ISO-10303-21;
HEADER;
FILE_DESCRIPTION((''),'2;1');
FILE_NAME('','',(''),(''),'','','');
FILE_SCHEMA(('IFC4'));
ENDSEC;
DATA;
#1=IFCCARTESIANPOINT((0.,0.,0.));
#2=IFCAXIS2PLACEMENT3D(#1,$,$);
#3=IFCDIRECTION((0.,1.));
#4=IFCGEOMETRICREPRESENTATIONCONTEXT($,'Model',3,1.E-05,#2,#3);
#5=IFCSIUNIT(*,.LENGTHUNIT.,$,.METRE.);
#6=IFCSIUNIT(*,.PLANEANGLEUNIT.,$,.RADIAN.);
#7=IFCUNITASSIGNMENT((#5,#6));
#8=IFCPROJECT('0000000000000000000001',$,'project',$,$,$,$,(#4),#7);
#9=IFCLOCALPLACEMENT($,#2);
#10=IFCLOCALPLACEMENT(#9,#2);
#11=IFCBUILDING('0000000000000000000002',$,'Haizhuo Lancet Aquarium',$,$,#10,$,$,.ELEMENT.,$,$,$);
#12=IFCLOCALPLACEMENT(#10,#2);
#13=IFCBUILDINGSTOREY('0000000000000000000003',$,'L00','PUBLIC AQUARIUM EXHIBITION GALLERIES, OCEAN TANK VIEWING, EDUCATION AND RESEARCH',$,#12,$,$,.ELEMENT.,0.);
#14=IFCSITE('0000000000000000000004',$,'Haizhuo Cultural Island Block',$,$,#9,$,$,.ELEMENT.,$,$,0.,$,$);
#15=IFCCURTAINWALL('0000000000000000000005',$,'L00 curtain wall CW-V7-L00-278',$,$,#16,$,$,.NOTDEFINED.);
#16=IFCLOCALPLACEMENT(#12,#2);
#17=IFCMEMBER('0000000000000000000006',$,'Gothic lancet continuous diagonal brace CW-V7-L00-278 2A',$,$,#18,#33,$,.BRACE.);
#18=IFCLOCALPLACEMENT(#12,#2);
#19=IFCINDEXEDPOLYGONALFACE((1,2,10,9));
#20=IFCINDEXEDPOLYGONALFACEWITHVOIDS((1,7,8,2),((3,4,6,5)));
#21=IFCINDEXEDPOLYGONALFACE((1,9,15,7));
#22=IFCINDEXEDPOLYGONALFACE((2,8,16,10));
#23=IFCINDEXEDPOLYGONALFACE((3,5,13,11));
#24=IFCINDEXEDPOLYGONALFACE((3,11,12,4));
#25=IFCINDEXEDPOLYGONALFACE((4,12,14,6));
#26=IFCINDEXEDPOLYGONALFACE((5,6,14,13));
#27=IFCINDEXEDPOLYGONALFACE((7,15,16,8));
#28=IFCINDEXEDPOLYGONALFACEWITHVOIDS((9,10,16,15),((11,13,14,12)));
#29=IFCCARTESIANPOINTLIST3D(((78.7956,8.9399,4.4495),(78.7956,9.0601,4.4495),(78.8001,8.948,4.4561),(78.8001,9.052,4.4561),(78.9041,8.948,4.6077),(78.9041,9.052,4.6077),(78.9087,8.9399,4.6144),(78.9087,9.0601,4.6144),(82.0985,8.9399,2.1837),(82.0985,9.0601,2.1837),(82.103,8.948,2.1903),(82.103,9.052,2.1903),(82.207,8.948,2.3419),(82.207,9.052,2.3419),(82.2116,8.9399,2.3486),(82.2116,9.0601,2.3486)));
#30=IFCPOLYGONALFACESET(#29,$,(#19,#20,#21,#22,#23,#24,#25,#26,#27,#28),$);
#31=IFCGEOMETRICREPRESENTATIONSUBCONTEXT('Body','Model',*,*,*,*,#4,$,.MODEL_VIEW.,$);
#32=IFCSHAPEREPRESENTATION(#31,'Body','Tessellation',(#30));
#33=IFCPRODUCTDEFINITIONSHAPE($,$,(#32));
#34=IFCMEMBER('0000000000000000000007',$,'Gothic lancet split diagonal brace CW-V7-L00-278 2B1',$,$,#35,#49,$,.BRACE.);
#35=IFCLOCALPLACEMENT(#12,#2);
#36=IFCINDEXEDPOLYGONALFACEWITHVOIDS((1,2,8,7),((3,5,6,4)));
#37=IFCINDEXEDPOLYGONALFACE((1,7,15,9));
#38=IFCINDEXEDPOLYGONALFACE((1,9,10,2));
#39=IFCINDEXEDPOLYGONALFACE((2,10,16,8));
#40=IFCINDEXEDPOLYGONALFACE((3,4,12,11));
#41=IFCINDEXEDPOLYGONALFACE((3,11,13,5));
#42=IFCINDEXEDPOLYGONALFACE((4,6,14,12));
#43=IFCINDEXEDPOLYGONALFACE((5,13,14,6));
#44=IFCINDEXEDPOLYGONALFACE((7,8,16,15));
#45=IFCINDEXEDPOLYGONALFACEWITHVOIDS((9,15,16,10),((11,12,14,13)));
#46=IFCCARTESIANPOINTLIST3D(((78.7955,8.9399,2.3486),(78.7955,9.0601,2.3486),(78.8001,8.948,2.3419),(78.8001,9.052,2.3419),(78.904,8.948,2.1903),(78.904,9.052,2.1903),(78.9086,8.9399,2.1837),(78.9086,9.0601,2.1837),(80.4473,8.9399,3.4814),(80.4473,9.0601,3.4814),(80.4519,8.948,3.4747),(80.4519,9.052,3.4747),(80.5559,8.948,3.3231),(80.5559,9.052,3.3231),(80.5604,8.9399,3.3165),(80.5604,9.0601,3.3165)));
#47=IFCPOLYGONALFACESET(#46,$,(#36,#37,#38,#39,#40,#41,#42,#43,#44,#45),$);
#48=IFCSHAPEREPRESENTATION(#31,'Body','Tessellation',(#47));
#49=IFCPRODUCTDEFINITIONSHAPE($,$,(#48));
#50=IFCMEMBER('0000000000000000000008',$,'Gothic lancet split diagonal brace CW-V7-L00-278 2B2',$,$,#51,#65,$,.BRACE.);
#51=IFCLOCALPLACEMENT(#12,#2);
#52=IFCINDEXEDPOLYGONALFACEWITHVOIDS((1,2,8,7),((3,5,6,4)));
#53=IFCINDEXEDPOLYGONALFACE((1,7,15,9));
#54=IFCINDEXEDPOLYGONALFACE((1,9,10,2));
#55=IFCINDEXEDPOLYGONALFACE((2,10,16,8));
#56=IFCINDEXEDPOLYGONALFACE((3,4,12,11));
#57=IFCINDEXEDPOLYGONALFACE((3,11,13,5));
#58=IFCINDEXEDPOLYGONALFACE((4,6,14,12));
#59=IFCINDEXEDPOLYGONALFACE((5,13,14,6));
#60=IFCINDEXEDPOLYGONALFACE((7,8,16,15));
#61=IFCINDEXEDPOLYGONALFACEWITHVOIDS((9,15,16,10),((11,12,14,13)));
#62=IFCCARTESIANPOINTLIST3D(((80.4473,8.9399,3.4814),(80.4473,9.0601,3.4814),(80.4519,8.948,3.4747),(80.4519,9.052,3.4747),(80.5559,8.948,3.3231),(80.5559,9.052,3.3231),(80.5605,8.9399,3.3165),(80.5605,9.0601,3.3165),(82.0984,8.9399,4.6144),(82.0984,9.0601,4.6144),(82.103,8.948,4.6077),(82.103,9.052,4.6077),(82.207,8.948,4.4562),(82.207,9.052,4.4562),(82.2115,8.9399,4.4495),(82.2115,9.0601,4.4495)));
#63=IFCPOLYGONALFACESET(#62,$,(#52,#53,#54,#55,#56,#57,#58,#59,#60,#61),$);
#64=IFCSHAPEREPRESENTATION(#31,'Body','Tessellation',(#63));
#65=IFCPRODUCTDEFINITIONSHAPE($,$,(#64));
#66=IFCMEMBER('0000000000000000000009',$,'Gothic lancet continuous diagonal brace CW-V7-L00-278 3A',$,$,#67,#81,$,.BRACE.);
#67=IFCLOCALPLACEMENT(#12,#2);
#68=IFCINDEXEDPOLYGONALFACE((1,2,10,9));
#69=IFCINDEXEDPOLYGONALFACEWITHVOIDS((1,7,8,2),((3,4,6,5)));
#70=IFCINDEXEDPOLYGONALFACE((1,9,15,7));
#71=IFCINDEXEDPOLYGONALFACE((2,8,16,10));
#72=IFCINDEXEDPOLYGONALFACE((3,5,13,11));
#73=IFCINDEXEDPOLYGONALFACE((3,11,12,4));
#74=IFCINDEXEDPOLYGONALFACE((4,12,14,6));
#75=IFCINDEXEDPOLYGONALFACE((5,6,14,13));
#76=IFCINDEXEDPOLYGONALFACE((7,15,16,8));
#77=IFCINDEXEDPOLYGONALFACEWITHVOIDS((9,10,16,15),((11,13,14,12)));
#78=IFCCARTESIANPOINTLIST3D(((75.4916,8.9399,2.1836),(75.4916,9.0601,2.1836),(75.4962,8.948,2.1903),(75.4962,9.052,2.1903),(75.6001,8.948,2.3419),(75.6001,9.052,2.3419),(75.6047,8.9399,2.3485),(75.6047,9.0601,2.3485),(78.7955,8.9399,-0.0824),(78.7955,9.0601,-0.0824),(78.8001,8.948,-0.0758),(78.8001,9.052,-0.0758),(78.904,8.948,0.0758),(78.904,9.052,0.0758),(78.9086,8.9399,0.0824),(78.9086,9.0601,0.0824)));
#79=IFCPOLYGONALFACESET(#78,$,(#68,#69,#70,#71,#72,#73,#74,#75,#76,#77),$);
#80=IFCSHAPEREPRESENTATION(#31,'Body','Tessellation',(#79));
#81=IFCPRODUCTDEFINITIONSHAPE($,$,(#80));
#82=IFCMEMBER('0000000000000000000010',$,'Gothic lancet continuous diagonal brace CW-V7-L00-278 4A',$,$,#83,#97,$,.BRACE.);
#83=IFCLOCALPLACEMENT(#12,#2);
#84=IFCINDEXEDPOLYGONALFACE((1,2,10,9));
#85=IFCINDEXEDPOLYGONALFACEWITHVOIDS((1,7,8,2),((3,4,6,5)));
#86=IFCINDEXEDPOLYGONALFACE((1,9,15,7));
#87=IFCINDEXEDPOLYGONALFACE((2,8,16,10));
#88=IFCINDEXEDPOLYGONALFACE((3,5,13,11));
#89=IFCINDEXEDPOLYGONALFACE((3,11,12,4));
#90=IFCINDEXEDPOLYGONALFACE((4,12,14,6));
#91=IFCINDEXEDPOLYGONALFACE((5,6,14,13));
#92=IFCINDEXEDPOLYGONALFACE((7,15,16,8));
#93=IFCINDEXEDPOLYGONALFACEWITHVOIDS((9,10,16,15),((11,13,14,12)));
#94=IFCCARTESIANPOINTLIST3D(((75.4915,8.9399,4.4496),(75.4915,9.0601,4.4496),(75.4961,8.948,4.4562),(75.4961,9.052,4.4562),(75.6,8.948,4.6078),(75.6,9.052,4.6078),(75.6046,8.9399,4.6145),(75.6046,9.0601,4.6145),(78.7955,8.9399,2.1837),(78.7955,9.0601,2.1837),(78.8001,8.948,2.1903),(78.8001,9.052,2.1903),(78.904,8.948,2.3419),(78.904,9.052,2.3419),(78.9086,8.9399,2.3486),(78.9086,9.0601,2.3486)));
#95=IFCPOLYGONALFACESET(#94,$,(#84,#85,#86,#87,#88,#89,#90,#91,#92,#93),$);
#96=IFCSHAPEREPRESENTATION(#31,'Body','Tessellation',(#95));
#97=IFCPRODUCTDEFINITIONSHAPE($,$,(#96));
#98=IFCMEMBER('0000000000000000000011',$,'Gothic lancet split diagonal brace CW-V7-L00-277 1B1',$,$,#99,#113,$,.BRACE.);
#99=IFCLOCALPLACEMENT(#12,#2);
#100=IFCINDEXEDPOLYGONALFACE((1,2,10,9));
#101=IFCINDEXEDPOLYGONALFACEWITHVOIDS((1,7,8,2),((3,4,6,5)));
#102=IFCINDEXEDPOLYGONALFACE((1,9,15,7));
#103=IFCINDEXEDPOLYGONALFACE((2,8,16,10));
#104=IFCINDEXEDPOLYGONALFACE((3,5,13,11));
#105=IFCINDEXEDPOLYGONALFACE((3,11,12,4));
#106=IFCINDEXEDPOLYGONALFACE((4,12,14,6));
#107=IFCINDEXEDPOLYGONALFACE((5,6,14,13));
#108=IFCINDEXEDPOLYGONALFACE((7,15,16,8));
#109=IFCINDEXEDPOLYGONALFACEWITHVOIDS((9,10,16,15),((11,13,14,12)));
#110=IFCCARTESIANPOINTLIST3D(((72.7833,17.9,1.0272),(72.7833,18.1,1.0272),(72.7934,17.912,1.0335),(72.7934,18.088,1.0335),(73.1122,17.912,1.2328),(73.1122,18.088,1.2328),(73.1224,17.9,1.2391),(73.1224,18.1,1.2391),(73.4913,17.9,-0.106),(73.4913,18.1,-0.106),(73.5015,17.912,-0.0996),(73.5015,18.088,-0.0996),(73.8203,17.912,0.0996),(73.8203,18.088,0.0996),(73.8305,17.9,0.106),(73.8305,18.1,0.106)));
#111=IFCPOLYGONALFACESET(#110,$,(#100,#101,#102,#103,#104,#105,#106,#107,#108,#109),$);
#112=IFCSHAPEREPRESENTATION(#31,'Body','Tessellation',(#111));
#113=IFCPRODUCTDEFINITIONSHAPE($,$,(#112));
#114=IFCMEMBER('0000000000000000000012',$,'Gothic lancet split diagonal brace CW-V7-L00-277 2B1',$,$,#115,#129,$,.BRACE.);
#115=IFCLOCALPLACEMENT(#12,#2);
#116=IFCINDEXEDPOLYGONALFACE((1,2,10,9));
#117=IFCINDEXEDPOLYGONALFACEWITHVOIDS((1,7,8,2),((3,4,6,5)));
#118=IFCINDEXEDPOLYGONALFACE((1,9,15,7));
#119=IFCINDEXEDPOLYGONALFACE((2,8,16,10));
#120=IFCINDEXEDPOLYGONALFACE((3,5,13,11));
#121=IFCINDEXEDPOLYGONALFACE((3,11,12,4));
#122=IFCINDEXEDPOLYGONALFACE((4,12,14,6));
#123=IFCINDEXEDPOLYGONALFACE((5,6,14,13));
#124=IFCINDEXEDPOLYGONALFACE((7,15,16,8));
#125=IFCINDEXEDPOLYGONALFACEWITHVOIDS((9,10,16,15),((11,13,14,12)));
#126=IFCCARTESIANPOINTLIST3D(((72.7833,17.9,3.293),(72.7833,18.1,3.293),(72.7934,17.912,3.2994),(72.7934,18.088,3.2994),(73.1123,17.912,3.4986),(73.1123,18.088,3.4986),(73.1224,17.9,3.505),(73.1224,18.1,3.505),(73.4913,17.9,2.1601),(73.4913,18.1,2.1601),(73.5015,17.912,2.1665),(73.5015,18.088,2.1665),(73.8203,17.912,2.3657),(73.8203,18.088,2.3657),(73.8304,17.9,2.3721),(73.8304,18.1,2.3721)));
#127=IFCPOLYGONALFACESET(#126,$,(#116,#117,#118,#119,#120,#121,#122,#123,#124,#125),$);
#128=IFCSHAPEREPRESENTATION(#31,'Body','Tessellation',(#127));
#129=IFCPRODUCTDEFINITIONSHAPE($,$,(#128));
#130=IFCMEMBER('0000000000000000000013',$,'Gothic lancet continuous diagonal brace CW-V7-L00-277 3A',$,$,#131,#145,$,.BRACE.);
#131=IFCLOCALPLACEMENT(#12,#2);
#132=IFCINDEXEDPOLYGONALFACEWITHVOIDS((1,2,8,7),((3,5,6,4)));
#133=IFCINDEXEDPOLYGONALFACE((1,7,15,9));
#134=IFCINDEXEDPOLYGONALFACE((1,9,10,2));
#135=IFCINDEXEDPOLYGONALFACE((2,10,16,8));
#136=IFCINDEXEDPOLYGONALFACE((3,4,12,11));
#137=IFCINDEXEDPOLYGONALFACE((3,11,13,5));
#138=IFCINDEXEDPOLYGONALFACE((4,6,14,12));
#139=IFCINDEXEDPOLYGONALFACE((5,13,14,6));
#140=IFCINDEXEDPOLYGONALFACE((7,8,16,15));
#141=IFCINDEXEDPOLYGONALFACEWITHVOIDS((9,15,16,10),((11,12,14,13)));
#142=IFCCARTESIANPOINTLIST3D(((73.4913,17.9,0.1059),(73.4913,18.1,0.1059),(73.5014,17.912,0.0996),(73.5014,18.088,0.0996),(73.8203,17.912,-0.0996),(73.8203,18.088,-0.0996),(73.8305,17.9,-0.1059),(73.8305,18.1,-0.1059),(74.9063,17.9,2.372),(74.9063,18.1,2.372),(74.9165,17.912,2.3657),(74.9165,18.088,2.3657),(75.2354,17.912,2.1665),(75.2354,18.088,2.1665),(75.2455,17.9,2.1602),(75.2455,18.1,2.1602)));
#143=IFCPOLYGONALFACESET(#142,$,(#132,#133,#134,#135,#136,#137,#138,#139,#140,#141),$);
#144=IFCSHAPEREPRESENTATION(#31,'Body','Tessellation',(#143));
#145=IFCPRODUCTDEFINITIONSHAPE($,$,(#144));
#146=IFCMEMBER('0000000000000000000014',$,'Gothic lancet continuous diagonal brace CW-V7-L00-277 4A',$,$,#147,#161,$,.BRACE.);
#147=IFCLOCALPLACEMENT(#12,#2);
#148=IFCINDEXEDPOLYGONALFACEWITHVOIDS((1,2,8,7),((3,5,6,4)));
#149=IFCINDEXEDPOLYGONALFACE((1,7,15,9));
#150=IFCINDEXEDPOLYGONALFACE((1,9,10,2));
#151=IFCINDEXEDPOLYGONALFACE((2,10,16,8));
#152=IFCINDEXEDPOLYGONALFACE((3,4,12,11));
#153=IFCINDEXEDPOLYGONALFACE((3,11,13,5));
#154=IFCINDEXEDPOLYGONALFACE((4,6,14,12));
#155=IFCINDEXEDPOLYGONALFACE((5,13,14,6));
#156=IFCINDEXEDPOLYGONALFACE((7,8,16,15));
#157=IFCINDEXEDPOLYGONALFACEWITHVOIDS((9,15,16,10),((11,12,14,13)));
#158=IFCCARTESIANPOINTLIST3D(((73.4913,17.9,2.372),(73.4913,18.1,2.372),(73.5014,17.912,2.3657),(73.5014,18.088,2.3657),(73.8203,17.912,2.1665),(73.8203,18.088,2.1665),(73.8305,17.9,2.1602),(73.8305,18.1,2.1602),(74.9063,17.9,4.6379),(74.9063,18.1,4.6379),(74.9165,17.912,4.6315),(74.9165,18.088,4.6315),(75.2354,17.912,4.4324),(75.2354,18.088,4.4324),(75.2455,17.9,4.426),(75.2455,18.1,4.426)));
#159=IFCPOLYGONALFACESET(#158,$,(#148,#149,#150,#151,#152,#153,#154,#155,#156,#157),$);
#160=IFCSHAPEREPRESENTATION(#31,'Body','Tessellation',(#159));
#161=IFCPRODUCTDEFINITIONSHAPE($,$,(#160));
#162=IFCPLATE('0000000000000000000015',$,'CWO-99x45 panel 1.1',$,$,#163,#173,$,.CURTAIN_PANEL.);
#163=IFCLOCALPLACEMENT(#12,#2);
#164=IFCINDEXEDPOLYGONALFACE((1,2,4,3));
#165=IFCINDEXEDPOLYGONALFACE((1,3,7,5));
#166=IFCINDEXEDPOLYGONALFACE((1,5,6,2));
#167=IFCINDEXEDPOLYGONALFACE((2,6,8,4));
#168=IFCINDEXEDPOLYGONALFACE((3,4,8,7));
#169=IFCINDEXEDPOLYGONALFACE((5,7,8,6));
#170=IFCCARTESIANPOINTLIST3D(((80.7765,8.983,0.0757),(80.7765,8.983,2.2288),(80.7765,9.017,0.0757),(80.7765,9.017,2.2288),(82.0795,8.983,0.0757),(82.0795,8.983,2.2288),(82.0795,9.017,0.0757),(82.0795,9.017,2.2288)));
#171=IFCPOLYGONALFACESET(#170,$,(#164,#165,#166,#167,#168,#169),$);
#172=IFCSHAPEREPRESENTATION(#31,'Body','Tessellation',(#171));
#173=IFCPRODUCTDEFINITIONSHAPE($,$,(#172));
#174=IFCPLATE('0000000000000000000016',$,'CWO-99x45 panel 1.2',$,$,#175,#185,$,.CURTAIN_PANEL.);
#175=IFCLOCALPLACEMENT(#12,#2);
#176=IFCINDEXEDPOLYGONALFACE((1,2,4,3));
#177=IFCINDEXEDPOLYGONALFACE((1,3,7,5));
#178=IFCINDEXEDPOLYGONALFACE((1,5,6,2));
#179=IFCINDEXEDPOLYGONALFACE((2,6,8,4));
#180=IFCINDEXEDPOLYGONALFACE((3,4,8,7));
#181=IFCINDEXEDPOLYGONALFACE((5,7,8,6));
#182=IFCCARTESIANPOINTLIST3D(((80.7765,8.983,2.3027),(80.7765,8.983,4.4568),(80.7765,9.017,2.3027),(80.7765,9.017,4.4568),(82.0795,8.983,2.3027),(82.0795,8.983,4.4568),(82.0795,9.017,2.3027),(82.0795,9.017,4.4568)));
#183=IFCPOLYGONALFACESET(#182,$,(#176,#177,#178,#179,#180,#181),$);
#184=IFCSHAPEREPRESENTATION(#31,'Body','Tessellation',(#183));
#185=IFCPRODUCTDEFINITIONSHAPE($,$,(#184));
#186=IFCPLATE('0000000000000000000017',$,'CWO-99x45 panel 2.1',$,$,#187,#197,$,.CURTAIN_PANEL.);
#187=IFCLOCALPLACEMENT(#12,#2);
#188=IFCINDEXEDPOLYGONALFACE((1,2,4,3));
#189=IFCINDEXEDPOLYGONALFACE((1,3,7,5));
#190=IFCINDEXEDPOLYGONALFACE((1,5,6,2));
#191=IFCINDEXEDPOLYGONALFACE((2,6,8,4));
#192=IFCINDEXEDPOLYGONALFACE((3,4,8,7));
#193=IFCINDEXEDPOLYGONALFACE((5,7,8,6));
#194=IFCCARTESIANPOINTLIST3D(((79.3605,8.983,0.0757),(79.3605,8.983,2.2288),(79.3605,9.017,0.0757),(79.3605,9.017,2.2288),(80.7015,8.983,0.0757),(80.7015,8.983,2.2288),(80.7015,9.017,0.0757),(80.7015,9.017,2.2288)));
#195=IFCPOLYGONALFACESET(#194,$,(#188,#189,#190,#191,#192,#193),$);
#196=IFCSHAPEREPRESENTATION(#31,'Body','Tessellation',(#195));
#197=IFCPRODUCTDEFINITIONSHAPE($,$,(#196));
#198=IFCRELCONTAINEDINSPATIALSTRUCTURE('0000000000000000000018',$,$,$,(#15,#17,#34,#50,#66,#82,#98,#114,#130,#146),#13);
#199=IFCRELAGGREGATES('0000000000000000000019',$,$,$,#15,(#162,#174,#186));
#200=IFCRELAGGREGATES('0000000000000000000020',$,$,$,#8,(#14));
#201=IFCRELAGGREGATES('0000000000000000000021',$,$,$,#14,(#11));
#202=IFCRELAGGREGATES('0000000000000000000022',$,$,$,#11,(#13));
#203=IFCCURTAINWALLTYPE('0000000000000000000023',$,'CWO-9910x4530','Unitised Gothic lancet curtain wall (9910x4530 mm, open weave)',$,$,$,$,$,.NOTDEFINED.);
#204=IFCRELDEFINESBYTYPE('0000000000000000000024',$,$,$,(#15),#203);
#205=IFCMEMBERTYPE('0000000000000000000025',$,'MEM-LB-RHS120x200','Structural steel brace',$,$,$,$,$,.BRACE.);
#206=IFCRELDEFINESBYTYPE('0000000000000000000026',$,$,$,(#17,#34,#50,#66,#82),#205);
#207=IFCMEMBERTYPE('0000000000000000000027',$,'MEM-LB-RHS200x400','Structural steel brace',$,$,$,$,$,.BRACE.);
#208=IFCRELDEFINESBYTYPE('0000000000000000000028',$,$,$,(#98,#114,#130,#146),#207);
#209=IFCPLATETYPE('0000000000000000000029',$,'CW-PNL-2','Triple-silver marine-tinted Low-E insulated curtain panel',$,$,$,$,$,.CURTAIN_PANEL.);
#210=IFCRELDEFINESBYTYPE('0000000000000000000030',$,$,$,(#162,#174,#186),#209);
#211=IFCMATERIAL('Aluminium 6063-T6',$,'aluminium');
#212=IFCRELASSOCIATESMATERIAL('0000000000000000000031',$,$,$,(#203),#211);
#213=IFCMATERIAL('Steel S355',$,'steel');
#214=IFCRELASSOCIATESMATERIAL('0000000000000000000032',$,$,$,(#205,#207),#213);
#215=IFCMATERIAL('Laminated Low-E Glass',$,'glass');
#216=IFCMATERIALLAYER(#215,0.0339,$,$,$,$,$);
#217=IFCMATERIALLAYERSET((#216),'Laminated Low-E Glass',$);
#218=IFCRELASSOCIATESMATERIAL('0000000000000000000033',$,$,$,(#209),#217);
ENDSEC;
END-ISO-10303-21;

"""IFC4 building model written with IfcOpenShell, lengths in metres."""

from ifc_helpers import new_model, si_unit, direction, frame, origin, origin_2d, place, context, subcontext, project, spatial, rectangle, hollow_rectangle, extrude, material, layer, layer_set, material_profile, profile_set, type_object, element, aggregate, save


model = new_model("IFC4")

# Units and contexts
model_context = context("Model", 3, precision=1e-05, world=origin(), true_north=direction((0.0, 1.0)))
body_context = subcontext(model_context, "Body", "Model", "MODEL_VIEW")
ifc_project = project(units=[si_unit("LENGTHUNIT", "METRE"), si_unit("PLANEANGLEUNIT", "RADIAN")], contexts=[model_context])

# Site, building, storey
site_placement = place(None, origin())
site = spatial("IfcSite", under=ifc_project, at=site_placement, Name="Haizhuo Cultural Island Block", CompositionType="ELEMENT", RefElevation=0.0)
building_placement = place(site_placement, origin())
building = spatial("IfcBuilding", under=site, at=building_placement, Name="Haizhuo Lancet Aquarium", CompositionType="ELEMENT")
storey_placement = place(building_placement, origin())
storey = spatial("IfcBuildingStorey", under=building, at=storey_placement, Name="L00", Description="PUBLIC AQUARIUM EXHIBITION GALLERIES, OCEAN TANK VIEWING, EDUCATION AND RESEARCH", CompositionType="ELEMENT", Elevation=0.0)

# Shared definitions
ifc_material_1 = material(Name="Steel S355", Category="steel")

# Shared definitions
ifc_material_2 = material(Name="Aluminium 6063-T6", Category="aluminium")

# Curtain wall
curtain_wall_type_1 = type_object("IfcCurtainWallType", Name="CWO-9910x4530", Description="Unitised Gothic lancet curtain wall (9910x4530 mm, open weave)", PredefinedType="NOTDEFINED", material=ifc_material_2)
curtain_wall_1_placement = place(storey_placement, origin())
curtain_wall_1 = element("IfcCurtainWall", 1, at=curtain_wall_1_placement, inside=storey, type_object=curtain_wall_type_1, Name="L00 curtain wall CW-V7-L00-278", PredefinedType="NOTDEFINED")

# Members
ifc_material_profile_1 = material_profile(ifc_material_1, hollow_rectangle(XDim=0.1201, YDim=0.2, WallThickness=0.0081, at=origin_2d()), Name="RHS 120x200x8")
ifc_profile_set_1 = profile_set([ifc_material_profile_1], Name="Steel S355")
member_type_1 = type_object("IfcMemberType", Name="MEM-LB-RHS120x200", Description="Structural steel brace", PredefinedType="BRACE", material=ifc_profile_set_1)
member_1_placement = place(storey_placement, frame((82.155, 9.0, 2.2661), z_axis=(-0.824616, 0.0, 0.565693), x_axis=(0.0, -1.0, 0.0)))
element("IfcMember", 2, at=member_1_placement, inside=storey, type_object=member_type_1, Name="Gothic lancet continuous diagonal brace CW-V7-L00-278 2A", PredefinedType="BRACE", context=body_context, shape_type="SweptSolid", body=[
    extrude(hollow_rectangle(XDim=0.1201, YDim=0.2, WallThickness=0.0081, at=origin_2d()), origin(), (0.0, 0.0, 1.0), 4.0054),
])
member_2_placement = place(storey_placement, frame((78.8521, 9.0, 2.2661), z_axis=(0.824703, 0.0, 0.565566), x_axis=(0.0, 1.0, 0.0)))
element("IfcMember", 3, at=member_2_placement, inside=storey, type_object=member_type_1, Name="Gothic lancet split diagonal brace CW-V7-L00-278 2B1", PredefinedType="BRACE", context=body_context, shape_type="SweptSolid", body=[
    extrude(hollow_rectangle(XDim=0.1201, YDim=0.2, WallThickness=0.0081, at=origin_2d()), origin(), (0.0, 0.0, 1.0), 2.0029),
])
member_3_placement = place(storey_placement, frame((80.5039, 9.0, 3.3989), z_axis=(0.824529, 0.0, 0.56582), x_axis=(0.0, 1.0, 0.0)))
element("IfcMember", 4, at=member_3_placement, inside=storey, type_object=member_type_1, Name="Gothic lancet split diagonal brace CW-V7-L00-278 2B2", PredefinedType="BRACE", context=body_context, shape_type="SweptSolid", body=[
    extrude(hollow_rectangle(XDim=0.1201, YDim=0.2, WallThickness=0.0081, at=origin_2d()), origin(), (0.0, 0.0, 1.0), 2.0024),
])
for number, where, z_axis, x_axis, name in (
    (5, (78.8521, 9.0, 0.0), (-0.824666, 0.0, 0.565621), (0.0, -1.0, 0.0), "Gothic lancet continuous diagonal brace CW-V7-L00-278 3A"),
    (6, (78.8521, 9.0, 2.2661), (-0.824694, 0.0, 0.565579), (0.0, -1.0, 0.0), "Gothic lancet continuous diagonal brace CW-V7-L00-278 4A"),
):
    element("IfcMember", number, at=place(storey_placement, frame(where, z_axis=z_axis, x_axis=x_axis)), inside=storey, type_object=member_type_1, Name=name, PredefinedType="BRACE", context=body_context, shape_type="SweptSolid", body=[
        extrude(hollow_rectangle(XDim=0.1201, YDim=0.2, WallThickness=0.0081, at=origin_2d()), origin(), (0.0, 0.0, 1.0), 4.0063),
    ])
ifc_material_profile_2 = material_profile(ifc_material_1, hollow_rectangle(XDim=0.2, YDim=0.3999, WallThickness=0.012, at=origin_2d()), Name="RHS 200x400x12")
ifc_profile_set_2 = profile_set([ifc_material_profile_2], Name="Steel S355")
member_type_2 = type_object("IfcMemberType", Name="MEM-LB-RHS200x400", Description="Structural steel brace", PredefinedType="BRACE", material=ifc_profile_set_2)
member_4_placement = place(storey_placement, frame((73.6609, 18.0, 0.0), z_axis=(-0.529917, 0.0, 0.84805), x_axis=(0.0, -1.0, 0.0)))
element("IfcMember", 7, at=member_4_placement, inside=storey, type_object=member_type_2, Name="Gothic lancet split diagonal brace CW-V7-L00-277 1B1", PredefinedType="BRACE", context=body_context, shape_type="SweptSolid", body=[
    extrude(hollow_rectangle(XDim=0.2, YDim=0.3999, WallThickness=0.012, at=origin_2d()), origin(), (0.0, 0.0, 1.0), 1.3362),
])
member_5_placement = place(storey_placement, frame((73.6609, 18.0, 2.2661), z_axis=(-0.529999, 0.0, 0.847998), x_axis=(0.0, -1.0, 0.0)))
element("IfcMember", 8, at=member_5_placement, inside=storey, type_object=member_type_2, Name="Gothic lancet split diagonal brace CW-V7-L00-277 2B1", PredefinedType="BRACE", context=body_context, shape_type="SweptSolid", body=[
    extrude(hollow_rectangle(XDim=0.2, YDim=0.3999, WallThickness=0.012, at=origin_2d()), origin(), (0.0, 0.0, 1.0), 1.3359),
])
member_6_placement = place(storey_placement, frame((73.6609, 18.0, 0.0), z_axis=(0.529654, 0.0, 0.848214), x_axis=(0.0, 1.0, 0.0)))
element("IfcMember", 9, at=member_6_placement, inside=storey, type_object=member_type_2, Name="Gothic lancet continuous diagonal brace CW-V7-L00-277 3A", PredefinedType="BRACE", context=body_context, shape_type="SweptSolid", body=[
    extrude(hollow_rectangle(XDim=0.2, YDim=0.3999, WallThickness=0.012, at=origin_2d()), origin(), (0.0, 0.0, 1.0), 2.6716),
])
member_7_placement = place(storey_placement, frame((73.6609, 18.0, 2.2661), z_axis=(0.529695, 0.0, 0.848188), x_axis=(0.0, 1.0, 0.0)))
element("IfcMember", 10, at=member_7_placement, inside=storey, type_object=member_type_2, Name="Gothic lancet continuous diagonal brace CW-V7-L00-277 4A", PredefinedType="BRACE", context=body_context, shape_type="SweptSolid", body=[
    extrude(hollow_rectangle(XDim=0.2, YDim=0.3999, WallThickness=0.012, at=origin_2d()), origin(), (0.0, 0.0, 1.0), 2.6714),
])

# Plates
ifc_material_3 = material(Name="Laminated Low-E Glass", Category="glass")
ifc_layer_1 = layer(ifc_material_3, 0.0339)
ifc_layer_set_1 = layer_set([ifc_layer_1], Name="Laminated Low-E Glass")
plate_type = type_object("IfcPlateType", Name="CW-PNL-2", Description="Triple-silver marine-tinted Low-E insulated curtain panel", PredefinedType="CURTAIN_PANEL", material=ifc_layer_set_1)
plate_1_placement = place(storey_placement, frame((81.428, 9.0, 0.0757), z_axis=(0.0, 0.0, 1.0), x_axis=(-1.0, 0.0, 0.0)))
plate_1 = element("IfcPlate", 11, at=plate_1_placement, type_object=plate_type, Name="CWO-99x45 panel 1.1", PredefinedType="CURTAIN_PANEL", context=body_context, shape_type="SweptSolid", body=[
    extrude(rectangle(XDim=1.303, YDim=0.0339, at=origin_2d()), origin(), (0.0, 0.0, 1.0), 2.1531),
])
plate_2_placement = place(storey_placement, frame((81.428, 9.0, 2.3027), z_axis=(0.0, 0.0, 1.0), x_axis=(-1.0, 0.0, 0.0)))
plate_2 = element("IfcPlate", 12, at=plate_2_placement, type_object=plate_type, Name="CWO-99x45 panel 1.2", PredefinedType="CURTAIN_PANEL", context=body_context, shape_type="SweptSolid", body=[
    extrude(rectangle(XDim=1.303, YDim=0.0339, at=origin_2d()), origin(), (0.0, 0.0, 1.0), 2.1541),
])
plate_3_placement = place(storey_placement, frame((80.031, 9.0, 0.0757), z_axis=(0.0, 0.0, 1.0), x_axis=(-1.0, 0.0, 0.0)))
plate_3 = element("IfcPlate", 13, at=plate_3_placement, type_object=plate_type, Name="CWO-99x45 panel 2.1", PredefinedType="CURTAIN_PANEL", context=body_context, shape_type="SweptSolid", body=[
    extrude(rectangle(XDim=1.3411, YDim=0.0339, at=origin_2d()), origin(), (0.0, 0.0, 1.0), 2.1531),
])
aggregate(curtain_wall_1, [plate_1, plate_2, plate_3])

save(model, "model.ifc")
